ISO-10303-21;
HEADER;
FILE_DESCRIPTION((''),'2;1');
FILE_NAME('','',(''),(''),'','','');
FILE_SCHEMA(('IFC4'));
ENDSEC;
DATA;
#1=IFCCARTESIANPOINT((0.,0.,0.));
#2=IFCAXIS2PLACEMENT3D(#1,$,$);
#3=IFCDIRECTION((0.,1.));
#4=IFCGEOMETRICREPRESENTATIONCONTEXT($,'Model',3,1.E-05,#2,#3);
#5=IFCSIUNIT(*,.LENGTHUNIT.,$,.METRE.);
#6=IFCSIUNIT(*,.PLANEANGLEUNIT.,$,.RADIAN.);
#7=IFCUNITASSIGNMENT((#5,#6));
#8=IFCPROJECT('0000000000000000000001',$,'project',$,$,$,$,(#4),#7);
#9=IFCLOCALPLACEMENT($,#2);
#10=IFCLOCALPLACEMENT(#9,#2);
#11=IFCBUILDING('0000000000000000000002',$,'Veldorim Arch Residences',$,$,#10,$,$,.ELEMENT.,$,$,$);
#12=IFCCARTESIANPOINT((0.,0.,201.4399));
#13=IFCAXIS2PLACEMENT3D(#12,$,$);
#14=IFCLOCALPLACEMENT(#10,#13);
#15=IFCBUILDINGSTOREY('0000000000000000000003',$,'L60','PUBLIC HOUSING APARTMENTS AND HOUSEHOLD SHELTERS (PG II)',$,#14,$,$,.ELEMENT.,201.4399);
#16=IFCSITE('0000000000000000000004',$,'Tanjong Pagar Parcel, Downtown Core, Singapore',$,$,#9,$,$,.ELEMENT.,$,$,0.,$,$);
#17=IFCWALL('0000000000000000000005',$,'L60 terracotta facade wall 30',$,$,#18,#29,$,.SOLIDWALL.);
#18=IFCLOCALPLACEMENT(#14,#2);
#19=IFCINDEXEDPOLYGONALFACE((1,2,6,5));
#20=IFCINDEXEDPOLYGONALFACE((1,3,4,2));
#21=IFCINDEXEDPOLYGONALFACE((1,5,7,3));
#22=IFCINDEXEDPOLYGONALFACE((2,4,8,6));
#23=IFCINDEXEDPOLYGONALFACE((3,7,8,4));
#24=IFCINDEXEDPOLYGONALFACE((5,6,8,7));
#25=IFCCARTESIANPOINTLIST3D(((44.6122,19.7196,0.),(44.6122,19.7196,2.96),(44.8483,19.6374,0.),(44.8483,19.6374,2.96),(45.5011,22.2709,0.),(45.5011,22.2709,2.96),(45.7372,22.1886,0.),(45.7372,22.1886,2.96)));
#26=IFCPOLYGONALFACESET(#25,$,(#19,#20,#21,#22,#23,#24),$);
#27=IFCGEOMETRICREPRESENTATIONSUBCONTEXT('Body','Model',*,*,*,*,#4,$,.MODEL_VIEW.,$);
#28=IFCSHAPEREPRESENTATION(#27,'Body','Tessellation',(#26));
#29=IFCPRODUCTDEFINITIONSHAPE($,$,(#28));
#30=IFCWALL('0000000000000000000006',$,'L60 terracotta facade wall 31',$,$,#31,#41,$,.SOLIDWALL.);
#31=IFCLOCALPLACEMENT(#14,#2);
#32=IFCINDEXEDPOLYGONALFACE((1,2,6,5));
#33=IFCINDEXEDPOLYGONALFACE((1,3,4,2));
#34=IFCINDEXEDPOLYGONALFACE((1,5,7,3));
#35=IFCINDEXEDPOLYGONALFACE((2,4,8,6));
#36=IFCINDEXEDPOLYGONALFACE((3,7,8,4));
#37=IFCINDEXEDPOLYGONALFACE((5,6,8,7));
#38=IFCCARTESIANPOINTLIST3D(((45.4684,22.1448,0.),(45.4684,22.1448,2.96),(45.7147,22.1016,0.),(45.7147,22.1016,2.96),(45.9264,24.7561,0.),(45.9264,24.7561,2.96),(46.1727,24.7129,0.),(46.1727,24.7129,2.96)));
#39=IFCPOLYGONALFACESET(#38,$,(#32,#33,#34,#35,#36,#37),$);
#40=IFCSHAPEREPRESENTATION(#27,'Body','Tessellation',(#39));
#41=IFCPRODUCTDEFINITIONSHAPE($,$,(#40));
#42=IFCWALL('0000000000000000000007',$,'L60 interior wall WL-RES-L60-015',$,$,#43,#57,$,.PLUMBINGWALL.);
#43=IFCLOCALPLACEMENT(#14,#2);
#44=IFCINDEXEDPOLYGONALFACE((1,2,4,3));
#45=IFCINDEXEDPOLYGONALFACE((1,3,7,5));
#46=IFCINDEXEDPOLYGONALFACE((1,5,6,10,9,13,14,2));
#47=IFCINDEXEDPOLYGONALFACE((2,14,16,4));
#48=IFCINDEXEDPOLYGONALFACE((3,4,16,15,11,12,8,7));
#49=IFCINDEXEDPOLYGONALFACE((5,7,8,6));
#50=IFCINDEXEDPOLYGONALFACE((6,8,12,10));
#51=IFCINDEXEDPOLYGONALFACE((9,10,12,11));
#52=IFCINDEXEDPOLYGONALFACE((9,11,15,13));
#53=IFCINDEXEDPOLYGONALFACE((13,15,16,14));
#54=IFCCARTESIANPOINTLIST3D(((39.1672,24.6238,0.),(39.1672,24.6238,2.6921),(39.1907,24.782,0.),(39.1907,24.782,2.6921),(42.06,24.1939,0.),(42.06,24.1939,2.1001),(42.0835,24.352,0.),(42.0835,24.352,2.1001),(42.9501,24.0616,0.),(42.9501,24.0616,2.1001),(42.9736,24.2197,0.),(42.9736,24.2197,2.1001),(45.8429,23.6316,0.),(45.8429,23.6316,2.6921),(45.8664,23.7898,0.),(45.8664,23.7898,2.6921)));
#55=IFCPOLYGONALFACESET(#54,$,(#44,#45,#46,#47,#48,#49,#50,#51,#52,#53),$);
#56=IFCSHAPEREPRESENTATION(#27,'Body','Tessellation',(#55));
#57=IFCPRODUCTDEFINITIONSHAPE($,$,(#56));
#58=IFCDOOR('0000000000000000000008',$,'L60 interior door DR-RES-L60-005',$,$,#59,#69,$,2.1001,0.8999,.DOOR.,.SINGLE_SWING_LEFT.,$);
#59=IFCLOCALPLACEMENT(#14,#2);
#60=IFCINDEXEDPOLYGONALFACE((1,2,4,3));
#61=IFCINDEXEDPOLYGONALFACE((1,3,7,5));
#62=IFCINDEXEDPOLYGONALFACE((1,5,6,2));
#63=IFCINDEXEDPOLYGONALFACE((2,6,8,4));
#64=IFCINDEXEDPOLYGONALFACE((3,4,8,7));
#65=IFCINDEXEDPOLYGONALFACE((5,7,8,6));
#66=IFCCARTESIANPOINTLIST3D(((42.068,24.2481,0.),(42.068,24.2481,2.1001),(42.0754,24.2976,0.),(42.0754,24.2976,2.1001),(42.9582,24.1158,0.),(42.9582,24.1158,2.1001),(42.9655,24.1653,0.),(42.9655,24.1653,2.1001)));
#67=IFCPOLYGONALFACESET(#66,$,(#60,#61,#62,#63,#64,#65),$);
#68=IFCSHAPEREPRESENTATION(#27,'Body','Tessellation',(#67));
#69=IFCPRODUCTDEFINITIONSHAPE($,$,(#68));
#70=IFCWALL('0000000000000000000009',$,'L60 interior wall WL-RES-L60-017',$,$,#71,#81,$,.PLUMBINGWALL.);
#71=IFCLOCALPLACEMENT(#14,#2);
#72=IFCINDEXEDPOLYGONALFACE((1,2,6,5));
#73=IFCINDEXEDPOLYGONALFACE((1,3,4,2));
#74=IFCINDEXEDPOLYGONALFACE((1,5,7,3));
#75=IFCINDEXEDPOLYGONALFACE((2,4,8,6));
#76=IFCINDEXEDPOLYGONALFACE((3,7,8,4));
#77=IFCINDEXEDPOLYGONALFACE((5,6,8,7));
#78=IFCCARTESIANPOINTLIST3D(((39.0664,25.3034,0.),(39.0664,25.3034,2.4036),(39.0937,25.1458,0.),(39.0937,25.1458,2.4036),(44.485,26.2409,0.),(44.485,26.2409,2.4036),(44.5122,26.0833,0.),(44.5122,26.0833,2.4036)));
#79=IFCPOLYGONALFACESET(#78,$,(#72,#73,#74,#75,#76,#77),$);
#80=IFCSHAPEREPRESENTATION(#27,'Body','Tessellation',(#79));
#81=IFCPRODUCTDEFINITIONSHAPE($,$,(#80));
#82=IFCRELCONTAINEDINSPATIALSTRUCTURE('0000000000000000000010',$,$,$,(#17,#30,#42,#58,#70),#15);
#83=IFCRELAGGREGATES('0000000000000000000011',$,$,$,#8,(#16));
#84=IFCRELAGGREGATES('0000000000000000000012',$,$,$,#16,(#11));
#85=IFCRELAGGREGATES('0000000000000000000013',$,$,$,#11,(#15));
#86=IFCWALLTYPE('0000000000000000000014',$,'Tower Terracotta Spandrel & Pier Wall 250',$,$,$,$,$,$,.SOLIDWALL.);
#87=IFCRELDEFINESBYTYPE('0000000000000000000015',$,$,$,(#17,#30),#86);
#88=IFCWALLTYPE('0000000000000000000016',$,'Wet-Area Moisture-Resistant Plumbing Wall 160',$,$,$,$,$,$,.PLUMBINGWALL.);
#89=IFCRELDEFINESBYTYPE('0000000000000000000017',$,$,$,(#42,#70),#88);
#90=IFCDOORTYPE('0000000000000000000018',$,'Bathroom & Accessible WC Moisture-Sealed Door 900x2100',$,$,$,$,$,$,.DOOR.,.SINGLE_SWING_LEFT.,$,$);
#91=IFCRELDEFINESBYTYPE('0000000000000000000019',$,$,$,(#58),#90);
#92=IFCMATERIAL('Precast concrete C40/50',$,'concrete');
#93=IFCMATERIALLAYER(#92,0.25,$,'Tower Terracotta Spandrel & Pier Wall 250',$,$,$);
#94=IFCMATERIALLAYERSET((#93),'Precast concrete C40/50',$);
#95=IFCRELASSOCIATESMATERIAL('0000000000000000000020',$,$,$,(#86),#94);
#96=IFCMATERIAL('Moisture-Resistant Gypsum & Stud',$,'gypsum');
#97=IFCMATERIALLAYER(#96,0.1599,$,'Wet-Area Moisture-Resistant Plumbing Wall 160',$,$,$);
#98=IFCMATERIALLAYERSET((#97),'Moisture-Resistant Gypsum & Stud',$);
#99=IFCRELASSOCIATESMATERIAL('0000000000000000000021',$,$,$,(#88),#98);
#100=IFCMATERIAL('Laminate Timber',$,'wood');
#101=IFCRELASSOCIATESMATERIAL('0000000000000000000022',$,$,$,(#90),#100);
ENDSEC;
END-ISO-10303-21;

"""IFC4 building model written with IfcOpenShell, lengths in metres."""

from ifc_helpers import new_model, si_unit, direction, frame, frame_2d, origin, place, context, subcontext, project, spatial, rectangle, extrude, material, layer, layer_set, type_object, element, fill, save


model = new_model("IFC4")

# Units and contexts
model_context = context("Model", 3, precision=1e-05, world=origin(), true_north=direction((0.0, 1.0)))
body_context = subcontext(model_context, "Body", "Model", "MODEL_VIEW")
ifc_project = project(units=[si_unit("LENGTHUNIT", "METRE"), si_unit("PLANEANGLEUNIT", "RADIAN")], contexts=[model_context])

# Site, building, storey
site_placement = place(None, origin())
site = spatial("IfcSite", under=ifc_project, at=site_placement, Name="Tanjong Pagar Parcel, Downtown Core, Singapore", CompositionType="ELEMENT", RefElevation=0.0)
building_placement = place(site_placement, origin())
building = spatial("IfcBuilding", under=site, at=building_placement, Name="Veldorim Arch Residences", CompositionType="ELEMENT")
storey_placement = place(building_placement, frame((0.0, 0.0, 201.4399)))
storey = spatial("IfcBuildingStorey", under=building, at=storey_placement, Name="L60", Description="PUBLIC HOUSING APARTMENTS AND HOUSEHOLD SHELTERS (PG II)", CompositionType="ELEMENT", Elevation=201.4399)

# Shared definitions
ifc_material_1 = material(Name="Precast concrete C40/50", Category="concrete")
ifc_layer_1 = layer(ifc_material_1, 0.25, Name="Tower Terracotta Spandrel & Pier Wall 250")
ifc_layer_set_1 = layer_set([ifc_layer_1], Name="Precast concrete C40/50")
wall_type_1 = type_object("IfcWallType", Name="Tower Terracotta Spandrel & Pier Wall 250", PredefinedType="SOLIDWALL", material=ifc_layer_set_1)

# Walls
wall_1_placement = place(storey_placement, frame((45.6191, 22.2297, 0.0), z_axis=(0.0, 0.0, 1.0), x_axis=(-0.329022, -0.944322, 0.0)))
element("IfcWall", 1, at=wall_1_placement, inside=storey, type_object=wall_type_1, Name="L60 terracotta facade wall 30", PredefinedType="SOLIDWALL", context=body_context, shape_type="SweptSolid", body=[
    extrude(rectangle(XDim=2.7017, YDim=0.25, at=frame_2d((1.3508, 0.0))), origin(), (0.0, 0.0, 1.0), 2.96),
])
wall_2_placement = place(storey_placement, frame((46.0496, 24.7346, 0.0), z_axis=(0.0, 0.0, 1.0), x_axis=(-0.172756, -0.984965, 0.0)))
element("IfcWall", 2, at=wall_2_placement, inside=storey, type_object=wall_type_1, Name="L60 terracotta facade wall 31", PredefinedType="SOLIDWALL", context=body_context, shape_type="SweptSolid", body=[
    extrude(rectangle(XDim=2.6511, YDim=0.25, at=frame_2d((1.3257, 0.0))), origin(), (0.0, 0.0, 1.0), 2.96),
])

# Wall, opening, door
ifc_material_2 = material(Name="Moisture-Resistant Gypsum & Stud", Category="gypsum")
ifc_layer_2 = layer(ifc_material_2, 0.1599, Name="Wet-Area Moisture-Resistant Plumbing Wall 160")
ifc_layer_set_2 = layer_set([ifc_layer_2], Name="Moisture-Resistant Gypsum & Stud")
wall_type_2 = type_object("IfcWallType", Name="Wet-Area Moisture-Resistant Plumbing Wall 160", PredefinedType="PLUMBINGWALL", material=ifc_layer_set_2)
wall_3_placement = place(storey_placement, frame((39.179, 24.7029, 0.0), z_axis=(0.0, 0.0, 1.0), x_axis=(0.989135, -0.14701, 0.0)))
wall_3 = element("IfcWall", 3, at=wall_3_placement, inside=storey, type_object=wall_type_2, Name="L60 interior wall WL-RES-L60-015", PredefinedType="PLUMBINGWALL", context=body_context, shape_type="SweptSolid", body=[
    extrude(rectangle(XDim=6.749, YDim=0.1599, at=frame_2d((3.3745, 0.0))), origin(), (0.0, 0.0, 1.0), 2.6921),
])
opening_1_placement = place(wall_3_placement, frame((2.9246, 0.0, 0.0)))
opening_1 = element("IfcOpeningElement", 4, at=opening_1_placement, cuts=wall_3, PredefinedType="OPENING", context=body_context, shape_type="SweptSolid", body=[
    extrude(rectangle(XDim=0.8999, YDim=2.1001, at=frame_2d((0.45, 1.05))), frame((0.0, 0.0898, 0.0), z_axis=(0.0, -1.0, 0.0), x_axis=(1.0, 0.0, 0.0)), (0.0, 0.0, 1.0), 0.1799),
])
ifc_material_3 = material(Name="Laminate Timber", Category="wood")
door_type = type_object("IfcDoorType", Name="Bathroom & Accessible WC Moisture-Sealed Door 900x2100", OperationType="SINGLE_SWING_LEFT", PredefinedType="DOOR", material=ifc_material_3)
door_placement = place(opening_1_placement, origin())
door = element("IfcDoor", 5, at=door_placement, inside=storey, type_object=door_type, Name="L60 interior door DR-RES-L60-005", OperationType="SINGLE_SWING_LEFT", OverallHeight=2.1001, OverallWidth=0.8999, PredefinedType="DOOR", context=body_context, shape_type="SweptSolid", body=[
    extrude(rectangle(XDim=0.8999, YDim=2.1001, at=frame_2d((0.45, 1.05))), frame((0.0, 0.0249, 0.0), z_axis=(0.0, -1.0, 0.0), x_axis=(1.0, 0.0, 0.0)), (0.0, 0.0, 1.0), 0.05),
])
fill(opening_1, door)

# Wall
wall_4_placement = place(storey_placement, frame((39.0801, 25.2246, 0.0), z_axis=(0.0, 0.0, 1.0), x_axis=(0.98536, 0.170487, 0.0)))
element("IfcWall", 6, at=wall_4_placement, inside=storey, type_object=wall_type_2, Name="L60 interior wall WL-RES-L60-017", PredefinedType="PLUMBINGWALL", context=body_context, shape_type="SweptSolid", body=[
    extrude(rectangle(XDim=5.499, YDim=0.1599, at=frame_2d((2.7495, 0.0))), origin(), (0.0, 0.0, 1.0), 2.4036),
])

save(model, "model.ifc")
